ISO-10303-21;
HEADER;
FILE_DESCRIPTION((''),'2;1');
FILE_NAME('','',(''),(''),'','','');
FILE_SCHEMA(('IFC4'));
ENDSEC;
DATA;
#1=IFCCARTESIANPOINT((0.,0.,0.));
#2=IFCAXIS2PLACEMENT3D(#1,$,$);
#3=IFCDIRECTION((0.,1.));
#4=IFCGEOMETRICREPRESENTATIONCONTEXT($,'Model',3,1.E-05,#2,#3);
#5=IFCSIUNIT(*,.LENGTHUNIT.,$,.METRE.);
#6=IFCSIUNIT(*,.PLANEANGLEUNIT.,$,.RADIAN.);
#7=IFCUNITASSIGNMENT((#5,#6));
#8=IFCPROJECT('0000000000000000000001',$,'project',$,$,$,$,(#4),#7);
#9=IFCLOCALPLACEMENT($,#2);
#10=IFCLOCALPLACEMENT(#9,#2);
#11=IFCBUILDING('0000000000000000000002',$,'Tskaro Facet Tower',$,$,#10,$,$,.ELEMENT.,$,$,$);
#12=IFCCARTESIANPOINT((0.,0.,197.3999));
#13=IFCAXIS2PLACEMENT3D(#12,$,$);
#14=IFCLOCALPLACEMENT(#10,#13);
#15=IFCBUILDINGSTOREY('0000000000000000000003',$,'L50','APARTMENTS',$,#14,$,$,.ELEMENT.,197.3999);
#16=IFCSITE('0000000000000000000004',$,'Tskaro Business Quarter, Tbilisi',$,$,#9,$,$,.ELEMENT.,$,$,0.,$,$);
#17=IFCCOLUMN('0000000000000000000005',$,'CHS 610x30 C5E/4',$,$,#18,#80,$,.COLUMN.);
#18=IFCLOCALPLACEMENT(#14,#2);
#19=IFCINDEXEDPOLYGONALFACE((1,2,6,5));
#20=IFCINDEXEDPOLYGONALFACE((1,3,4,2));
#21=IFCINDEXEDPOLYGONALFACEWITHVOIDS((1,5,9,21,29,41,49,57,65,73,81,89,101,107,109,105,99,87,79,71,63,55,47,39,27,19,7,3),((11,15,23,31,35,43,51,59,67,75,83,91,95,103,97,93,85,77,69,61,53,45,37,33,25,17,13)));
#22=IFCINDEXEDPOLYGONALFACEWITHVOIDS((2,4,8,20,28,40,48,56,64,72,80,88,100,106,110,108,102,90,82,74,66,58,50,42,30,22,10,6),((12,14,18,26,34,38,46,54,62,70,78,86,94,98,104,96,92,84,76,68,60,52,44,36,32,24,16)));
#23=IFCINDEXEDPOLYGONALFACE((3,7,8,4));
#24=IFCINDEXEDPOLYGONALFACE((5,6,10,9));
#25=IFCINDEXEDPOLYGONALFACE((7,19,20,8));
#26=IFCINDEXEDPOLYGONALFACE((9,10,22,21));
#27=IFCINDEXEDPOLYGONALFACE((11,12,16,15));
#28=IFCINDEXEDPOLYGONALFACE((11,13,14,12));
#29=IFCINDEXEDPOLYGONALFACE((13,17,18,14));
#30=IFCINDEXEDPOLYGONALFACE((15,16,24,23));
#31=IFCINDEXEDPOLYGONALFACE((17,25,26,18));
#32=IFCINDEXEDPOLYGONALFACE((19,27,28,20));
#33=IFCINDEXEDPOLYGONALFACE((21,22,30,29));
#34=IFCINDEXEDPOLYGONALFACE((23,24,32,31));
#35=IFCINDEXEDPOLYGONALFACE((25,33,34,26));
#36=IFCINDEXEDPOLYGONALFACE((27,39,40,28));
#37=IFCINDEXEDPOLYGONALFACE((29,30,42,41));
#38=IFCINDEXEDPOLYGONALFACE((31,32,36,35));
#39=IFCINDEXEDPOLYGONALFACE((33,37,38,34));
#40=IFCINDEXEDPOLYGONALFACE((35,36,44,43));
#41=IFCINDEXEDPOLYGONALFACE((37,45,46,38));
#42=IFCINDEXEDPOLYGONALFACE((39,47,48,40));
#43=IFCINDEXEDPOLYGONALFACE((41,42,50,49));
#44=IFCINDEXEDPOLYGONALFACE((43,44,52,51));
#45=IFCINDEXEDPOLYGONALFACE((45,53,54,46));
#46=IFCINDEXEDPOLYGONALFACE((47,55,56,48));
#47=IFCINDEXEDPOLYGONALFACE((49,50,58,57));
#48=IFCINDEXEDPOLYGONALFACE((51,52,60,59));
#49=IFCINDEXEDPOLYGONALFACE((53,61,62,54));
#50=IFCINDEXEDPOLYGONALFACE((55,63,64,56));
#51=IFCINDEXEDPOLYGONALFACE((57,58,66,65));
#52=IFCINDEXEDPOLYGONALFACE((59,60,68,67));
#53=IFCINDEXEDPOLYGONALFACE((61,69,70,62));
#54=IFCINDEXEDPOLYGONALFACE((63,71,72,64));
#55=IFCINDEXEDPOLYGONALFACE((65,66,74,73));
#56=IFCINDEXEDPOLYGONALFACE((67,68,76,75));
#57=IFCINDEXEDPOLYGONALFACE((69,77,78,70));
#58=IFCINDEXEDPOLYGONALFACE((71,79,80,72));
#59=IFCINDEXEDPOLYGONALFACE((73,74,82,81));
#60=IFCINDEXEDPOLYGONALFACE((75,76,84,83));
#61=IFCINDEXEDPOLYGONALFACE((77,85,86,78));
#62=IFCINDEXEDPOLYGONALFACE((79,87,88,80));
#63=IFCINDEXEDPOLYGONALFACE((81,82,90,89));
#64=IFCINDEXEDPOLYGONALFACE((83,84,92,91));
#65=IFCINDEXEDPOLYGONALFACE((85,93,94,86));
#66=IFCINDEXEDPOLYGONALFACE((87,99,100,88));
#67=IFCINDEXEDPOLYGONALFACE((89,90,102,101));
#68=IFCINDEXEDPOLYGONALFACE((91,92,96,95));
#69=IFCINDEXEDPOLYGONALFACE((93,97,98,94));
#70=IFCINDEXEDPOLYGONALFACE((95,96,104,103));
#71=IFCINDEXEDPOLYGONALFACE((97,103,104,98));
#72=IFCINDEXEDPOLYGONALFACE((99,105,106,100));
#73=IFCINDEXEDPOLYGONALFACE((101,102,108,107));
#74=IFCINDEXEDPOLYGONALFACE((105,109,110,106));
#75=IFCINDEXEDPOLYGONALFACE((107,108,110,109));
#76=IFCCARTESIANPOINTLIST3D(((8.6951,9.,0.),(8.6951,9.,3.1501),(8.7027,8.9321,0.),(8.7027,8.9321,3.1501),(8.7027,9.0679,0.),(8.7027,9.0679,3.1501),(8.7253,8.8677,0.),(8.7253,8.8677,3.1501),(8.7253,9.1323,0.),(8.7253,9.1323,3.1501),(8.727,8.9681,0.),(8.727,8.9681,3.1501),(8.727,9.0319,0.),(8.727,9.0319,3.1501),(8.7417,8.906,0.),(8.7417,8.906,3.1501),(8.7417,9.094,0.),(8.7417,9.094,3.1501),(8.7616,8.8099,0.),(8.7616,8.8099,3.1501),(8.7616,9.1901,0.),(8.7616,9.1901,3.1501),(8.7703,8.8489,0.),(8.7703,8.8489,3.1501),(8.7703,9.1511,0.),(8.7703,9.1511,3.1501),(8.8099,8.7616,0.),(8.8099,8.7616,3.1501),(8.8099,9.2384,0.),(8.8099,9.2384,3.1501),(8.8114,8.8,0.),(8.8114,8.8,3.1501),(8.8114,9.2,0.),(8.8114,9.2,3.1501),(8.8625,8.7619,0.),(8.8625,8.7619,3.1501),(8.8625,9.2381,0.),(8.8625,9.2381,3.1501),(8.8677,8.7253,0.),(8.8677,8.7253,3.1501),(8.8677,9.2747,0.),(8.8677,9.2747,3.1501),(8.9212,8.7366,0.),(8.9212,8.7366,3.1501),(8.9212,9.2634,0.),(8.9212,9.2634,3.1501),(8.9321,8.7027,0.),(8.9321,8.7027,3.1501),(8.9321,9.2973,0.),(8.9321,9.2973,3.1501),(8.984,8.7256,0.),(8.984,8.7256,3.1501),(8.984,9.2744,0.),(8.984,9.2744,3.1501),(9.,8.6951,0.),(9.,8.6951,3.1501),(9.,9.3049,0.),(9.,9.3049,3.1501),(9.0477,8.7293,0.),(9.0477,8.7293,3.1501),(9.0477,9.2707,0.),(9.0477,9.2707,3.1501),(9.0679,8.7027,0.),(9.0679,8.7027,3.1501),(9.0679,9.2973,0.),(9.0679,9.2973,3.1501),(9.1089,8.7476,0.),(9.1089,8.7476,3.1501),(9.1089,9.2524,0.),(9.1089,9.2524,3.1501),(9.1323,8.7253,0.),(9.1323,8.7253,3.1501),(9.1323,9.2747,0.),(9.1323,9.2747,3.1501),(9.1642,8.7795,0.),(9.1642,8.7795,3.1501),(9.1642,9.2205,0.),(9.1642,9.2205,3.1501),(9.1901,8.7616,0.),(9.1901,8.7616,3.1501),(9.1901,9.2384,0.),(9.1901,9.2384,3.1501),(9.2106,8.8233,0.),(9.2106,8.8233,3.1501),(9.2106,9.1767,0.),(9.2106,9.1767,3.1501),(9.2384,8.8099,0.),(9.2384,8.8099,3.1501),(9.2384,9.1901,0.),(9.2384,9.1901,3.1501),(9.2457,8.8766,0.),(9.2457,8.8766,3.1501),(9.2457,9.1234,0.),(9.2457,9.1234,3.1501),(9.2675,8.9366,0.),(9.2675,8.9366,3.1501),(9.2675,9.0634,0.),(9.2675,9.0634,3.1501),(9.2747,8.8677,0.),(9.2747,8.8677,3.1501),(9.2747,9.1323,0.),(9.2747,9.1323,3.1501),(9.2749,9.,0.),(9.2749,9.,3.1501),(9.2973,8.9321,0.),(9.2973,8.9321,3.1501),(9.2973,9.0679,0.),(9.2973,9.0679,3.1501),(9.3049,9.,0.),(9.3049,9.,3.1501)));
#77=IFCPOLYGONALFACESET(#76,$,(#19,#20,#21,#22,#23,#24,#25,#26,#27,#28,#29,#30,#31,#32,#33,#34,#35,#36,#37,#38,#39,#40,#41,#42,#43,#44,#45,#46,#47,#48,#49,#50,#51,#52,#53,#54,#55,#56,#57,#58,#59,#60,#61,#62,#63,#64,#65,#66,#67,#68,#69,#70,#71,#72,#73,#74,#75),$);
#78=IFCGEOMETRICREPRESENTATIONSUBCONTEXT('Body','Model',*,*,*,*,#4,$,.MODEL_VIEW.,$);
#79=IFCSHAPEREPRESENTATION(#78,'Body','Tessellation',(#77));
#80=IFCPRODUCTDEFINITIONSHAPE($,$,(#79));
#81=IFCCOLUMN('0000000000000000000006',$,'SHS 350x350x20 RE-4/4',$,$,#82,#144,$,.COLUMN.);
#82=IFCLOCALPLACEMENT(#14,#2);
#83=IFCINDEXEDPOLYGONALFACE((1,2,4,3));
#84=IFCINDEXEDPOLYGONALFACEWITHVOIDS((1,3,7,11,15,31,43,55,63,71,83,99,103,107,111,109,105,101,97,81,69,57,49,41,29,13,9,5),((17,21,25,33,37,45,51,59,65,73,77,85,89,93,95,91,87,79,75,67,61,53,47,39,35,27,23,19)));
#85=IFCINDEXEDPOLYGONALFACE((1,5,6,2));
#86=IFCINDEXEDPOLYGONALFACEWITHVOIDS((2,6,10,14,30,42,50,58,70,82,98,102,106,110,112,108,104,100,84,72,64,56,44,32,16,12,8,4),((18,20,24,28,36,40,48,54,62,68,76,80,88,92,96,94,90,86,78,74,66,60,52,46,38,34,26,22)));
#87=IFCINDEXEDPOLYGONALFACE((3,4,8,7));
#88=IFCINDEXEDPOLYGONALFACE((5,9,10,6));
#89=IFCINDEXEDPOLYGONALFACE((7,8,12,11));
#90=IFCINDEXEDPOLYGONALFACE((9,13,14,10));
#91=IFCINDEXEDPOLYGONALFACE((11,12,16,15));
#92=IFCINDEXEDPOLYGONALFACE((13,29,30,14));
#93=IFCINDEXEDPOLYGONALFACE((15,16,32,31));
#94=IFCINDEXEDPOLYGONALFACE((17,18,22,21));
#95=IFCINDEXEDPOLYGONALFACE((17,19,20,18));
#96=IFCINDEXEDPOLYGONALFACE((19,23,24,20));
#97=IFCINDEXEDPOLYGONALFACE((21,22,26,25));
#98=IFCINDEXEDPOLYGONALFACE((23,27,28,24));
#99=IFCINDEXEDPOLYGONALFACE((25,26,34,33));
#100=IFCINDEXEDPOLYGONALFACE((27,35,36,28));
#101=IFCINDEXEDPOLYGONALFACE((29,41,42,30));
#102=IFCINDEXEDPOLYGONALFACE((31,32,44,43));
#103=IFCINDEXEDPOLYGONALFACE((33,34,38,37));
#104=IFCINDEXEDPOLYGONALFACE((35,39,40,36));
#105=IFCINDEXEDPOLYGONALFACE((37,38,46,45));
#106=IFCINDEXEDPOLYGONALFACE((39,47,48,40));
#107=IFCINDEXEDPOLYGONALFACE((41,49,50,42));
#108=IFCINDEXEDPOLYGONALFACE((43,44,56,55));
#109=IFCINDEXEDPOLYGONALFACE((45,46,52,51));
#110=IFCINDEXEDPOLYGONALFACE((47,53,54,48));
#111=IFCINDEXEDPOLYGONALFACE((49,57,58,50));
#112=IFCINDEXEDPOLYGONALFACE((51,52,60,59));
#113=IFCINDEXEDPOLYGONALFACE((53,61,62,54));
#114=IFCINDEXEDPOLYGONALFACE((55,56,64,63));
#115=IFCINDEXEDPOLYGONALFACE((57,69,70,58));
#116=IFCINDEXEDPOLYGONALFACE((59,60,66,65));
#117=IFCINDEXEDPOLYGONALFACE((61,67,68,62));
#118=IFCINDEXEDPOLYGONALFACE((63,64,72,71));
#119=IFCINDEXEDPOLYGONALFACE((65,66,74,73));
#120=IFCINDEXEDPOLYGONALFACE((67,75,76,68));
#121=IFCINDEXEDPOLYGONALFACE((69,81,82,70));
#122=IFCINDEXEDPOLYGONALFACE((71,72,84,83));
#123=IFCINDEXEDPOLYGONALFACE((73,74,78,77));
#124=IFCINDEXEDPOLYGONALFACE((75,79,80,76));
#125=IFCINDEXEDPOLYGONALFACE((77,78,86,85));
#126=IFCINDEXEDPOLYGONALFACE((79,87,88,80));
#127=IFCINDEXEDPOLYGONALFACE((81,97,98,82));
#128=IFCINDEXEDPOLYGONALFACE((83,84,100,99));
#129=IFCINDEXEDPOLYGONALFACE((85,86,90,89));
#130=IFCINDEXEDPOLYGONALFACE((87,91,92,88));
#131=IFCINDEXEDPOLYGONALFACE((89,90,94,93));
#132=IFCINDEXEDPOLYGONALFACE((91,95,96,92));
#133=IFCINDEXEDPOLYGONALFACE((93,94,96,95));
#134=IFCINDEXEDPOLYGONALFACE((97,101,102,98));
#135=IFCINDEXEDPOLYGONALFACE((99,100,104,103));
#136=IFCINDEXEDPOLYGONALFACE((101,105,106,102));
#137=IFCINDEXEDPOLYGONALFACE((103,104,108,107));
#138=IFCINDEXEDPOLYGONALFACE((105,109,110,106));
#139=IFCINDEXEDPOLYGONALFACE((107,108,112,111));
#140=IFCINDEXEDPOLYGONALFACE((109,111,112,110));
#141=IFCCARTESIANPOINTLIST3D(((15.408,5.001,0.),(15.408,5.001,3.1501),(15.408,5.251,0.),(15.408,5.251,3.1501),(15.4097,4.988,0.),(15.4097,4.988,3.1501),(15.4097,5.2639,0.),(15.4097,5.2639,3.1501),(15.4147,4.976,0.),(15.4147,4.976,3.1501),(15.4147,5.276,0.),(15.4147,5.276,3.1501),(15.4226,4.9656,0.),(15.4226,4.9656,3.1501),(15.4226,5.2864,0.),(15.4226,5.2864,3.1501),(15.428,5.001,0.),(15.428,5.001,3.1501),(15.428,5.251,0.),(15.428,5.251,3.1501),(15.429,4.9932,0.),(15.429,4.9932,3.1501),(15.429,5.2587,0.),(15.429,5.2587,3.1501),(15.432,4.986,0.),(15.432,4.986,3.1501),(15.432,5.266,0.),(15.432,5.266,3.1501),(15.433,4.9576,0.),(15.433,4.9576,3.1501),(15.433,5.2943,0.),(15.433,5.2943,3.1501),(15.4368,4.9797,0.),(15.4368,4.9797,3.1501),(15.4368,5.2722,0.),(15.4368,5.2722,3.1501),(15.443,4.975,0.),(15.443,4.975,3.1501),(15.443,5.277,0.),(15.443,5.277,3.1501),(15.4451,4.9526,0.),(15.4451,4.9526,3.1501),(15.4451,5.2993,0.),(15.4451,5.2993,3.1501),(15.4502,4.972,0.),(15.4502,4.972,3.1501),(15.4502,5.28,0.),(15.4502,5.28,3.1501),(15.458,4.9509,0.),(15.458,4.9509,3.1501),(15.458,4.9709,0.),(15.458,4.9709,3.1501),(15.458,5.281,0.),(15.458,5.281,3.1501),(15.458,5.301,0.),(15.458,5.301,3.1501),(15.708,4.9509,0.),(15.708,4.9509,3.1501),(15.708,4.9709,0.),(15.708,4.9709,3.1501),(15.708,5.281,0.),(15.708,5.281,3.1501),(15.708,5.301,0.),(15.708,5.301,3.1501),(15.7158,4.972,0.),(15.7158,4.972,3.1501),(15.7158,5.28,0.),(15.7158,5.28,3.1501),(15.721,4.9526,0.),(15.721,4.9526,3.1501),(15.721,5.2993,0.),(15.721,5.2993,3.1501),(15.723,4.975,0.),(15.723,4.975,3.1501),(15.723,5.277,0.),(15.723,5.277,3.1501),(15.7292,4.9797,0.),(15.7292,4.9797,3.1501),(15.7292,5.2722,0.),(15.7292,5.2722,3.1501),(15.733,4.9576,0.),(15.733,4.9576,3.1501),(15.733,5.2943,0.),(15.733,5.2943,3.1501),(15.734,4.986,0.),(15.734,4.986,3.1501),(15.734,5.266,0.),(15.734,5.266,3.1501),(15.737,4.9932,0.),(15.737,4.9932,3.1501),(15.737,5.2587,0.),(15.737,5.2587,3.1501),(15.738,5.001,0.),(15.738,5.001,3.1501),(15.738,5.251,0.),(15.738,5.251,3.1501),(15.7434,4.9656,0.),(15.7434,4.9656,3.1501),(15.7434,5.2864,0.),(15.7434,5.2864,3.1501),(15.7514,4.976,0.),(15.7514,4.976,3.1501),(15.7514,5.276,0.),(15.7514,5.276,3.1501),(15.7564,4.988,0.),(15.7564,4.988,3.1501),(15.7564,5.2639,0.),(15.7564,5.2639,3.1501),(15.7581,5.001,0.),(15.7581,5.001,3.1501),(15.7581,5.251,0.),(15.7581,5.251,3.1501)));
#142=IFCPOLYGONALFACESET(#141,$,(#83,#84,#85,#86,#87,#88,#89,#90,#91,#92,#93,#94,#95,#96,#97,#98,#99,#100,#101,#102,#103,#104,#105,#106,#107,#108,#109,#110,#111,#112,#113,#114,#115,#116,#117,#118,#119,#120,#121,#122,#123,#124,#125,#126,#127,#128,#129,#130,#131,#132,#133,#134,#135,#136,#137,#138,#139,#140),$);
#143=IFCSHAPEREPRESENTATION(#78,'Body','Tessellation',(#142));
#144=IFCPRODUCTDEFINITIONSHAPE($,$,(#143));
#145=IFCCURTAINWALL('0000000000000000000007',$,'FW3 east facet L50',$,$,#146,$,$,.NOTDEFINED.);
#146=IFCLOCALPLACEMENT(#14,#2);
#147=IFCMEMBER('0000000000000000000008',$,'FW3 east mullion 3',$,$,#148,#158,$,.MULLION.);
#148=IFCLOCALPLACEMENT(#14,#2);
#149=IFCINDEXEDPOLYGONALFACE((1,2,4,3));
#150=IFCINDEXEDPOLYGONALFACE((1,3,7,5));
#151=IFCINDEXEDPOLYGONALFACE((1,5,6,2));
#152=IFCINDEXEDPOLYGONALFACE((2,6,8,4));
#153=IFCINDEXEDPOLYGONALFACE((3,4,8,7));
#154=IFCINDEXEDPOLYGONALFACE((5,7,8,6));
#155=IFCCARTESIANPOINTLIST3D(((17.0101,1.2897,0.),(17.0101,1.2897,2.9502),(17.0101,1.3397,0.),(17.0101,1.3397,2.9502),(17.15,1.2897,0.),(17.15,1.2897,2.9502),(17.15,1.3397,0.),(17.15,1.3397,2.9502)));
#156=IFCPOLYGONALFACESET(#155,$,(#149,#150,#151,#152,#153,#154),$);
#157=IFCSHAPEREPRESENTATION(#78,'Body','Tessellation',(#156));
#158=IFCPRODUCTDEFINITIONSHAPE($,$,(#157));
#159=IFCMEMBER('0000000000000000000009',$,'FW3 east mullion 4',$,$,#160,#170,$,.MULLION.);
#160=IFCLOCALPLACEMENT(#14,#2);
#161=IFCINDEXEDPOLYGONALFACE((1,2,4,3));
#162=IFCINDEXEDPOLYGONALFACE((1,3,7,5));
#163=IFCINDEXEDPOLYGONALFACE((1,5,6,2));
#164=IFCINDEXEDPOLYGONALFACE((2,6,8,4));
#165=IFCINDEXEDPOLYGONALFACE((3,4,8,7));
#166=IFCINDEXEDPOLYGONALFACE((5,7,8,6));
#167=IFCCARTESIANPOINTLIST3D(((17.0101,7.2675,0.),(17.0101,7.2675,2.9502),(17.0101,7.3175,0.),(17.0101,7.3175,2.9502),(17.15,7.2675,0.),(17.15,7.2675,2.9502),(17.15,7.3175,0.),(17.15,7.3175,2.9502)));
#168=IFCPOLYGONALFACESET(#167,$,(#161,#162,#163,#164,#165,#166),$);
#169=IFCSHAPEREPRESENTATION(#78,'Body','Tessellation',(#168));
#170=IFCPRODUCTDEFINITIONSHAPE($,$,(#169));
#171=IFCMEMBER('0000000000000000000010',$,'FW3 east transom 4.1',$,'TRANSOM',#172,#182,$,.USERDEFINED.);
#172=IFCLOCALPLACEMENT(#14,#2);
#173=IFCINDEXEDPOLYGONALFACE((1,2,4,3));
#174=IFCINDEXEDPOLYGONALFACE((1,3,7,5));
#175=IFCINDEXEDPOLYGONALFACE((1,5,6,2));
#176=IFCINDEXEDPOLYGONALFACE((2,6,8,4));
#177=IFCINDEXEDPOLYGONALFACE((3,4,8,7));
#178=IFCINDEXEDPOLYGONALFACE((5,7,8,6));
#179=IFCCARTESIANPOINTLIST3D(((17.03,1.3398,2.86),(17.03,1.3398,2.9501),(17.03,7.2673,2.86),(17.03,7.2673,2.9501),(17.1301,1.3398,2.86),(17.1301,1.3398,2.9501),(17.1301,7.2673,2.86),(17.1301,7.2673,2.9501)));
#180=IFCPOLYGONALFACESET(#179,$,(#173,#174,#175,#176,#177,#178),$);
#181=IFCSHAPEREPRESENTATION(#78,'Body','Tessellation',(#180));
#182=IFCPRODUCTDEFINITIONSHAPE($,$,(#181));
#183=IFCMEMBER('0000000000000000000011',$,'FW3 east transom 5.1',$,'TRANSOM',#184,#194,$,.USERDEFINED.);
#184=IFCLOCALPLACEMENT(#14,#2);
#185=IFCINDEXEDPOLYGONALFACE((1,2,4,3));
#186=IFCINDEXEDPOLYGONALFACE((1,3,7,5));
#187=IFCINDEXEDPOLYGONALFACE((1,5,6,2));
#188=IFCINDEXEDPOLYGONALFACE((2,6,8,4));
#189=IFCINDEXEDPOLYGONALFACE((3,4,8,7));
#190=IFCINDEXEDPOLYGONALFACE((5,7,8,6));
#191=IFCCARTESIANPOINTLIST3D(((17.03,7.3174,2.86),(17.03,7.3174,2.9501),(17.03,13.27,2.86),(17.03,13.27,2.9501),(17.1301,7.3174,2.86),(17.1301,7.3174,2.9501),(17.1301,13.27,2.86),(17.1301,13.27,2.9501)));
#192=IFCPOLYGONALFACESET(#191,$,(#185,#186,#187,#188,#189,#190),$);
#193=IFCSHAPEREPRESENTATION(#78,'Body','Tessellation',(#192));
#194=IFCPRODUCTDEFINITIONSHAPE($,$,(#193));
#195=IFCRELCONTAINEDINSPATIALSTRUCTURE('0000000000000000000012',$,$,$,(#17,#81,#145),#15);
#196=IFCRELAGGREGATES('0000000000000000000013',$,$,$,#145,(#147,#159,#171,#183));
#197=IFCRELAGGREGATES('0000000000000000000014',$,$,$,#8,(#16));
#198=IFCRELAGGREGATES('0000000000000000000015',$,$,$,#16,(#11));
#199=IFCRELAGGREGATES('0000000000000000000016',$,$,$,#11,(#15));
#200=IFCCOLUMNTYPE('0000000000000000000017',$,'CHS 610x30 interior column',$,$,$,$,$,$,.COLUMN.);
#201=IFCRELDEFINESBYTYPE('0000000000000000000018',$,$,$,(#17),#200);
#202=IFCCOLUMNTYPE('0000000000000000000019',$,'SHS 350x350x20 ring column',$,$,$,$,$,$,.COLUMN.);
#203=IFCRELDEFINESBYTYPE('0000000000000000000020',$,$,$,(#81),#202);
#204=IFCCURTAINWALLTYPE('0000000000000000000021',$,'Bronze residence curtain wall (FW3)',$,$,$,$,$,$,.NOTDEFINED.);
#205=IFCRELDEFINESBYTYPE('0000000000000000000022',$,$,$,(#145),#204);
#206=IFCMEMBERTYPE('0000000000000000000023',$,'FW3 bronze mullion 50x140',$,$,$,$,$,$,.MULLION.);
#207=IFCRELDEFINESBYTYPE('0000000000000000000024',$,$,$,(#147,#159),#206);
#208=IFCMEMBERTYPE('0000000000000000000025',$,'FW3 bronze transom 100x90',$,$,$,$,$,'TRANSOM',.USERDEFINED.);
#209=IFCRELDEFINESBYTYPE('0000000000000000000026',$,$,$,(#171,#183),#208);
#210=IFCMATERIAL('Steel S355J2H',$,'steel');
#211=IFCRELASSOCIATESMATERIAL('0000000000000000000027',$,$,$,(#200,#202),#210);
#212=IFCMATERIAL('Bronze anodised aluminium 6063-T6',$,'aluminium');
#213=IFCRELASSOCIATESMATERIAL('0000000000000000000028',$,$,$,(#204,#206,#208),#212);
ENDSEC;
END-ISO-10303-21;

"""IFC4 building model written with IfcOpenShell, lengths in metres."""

from ifc_helpers import new_model, si_unit, direction, frame, origin, origin_2d, place, context, subcontext, project, spatial, rectangle, hollow_rectangle, hollow_circle, extrude, material, material_profile, profile_set, type_object, element, aggregate, save


model = new_model("IFC4")

# Units and contexts
model_context = context("Model", 3, precision=1e-05, world=origin(), true_north=direction((0.0, 1.0)))
body_context = subcontext(model_context, "Body", "Model", "MODEL_VIEW")
ifc_project = project(units=[si_unit("LENGTHUNIT", "METRE"), si_unit("PLANEANGLEUNIT", "RADIAN")], contexts=[model_context])

# Site, building, storey
site_placement = place(None, origin())
site = spatial("IfcSite", under=ifc_project, at=site_placement, Name="Tskaro Business Quarter, Tbilisi", CompositionType="ELEMENT", RefElevation=0.0)
building_placement = place(site_placement, origin())
building = spatial("IfcBuilding", under=site, at=building_placement, Name="Tskaro Facet Tower", CompositionType="ELEMENT")
storey_placement = place(building_placement, frame((0.0, 0.0, 197.3999)))
storey = spatial("IfcBuildingStorey", under=building, at=storey_placement, Name="L50", Description="APARTMENTS", CompositionType="ELEMENT", Elevation=197.3999)

# Columns
ifc_material_1 = material(Name="Steel S355J2H", Category="steel")
ifc_material_profile_1 = material_profile(ifc_material_1, hollow_circle(Radius=0.3049, WallThickness=0.03, at=origin_2d()), Name="CHS 610x30")
ifc_profile_set_1 = profile_set([ifc_material_profile_1], Name="Steel S355J2H")
column_type_1 = type_object("IfcColumnType", Name="CHS 610x30 interior column", PredefinedType="COLUMN", material=ifc_profile_set_1)
column_1_placement = place(storey_placement, frame((9.0, 9.0, 0.0), z_axis=(0.0, 0.0, 1.0), x_axis=(1.0, 0.0, 0.0)))
element("IfcColumn", 1, at=column_1_placement, inside=storey, type_object=column_type_1, Name="CHS 610x30 C5E/4", PredefinedType="COLUMN", context=body_context, shape_type="SweptSolid", body=[
    extrude(hollow_circle(Radius=0.3049, WallThickness=0.03, at=origin_2d()), origin(), (0.0, 0.0, 1.0), 3.1501),
])
ifc_material_profile_2 = material_profile(ifc_material_1, hollow_rectangle(XDim=0.3501, YDim=0.3501, WallThickness=0.02, InnerFilletRadius=0.03, OuterFilletRadius=0.05, at=origin_2d()), Name="SHS 350x350x20")
ifc_profile_set_2 = profile_set([ifc_material_profile_2], Name="Steel S355J2H")
column_type_2 = type_object("IfcColumnType", Name="SHS 350x350x20 ring column", PredefinedType="COLUMN", material=ifc_profile_set_2)
column_2_placement = place(storey_placement, frame((15.583, 5.126, 0.0), z_axis=(0.0, 0.0, 1.0), x_axis=(1.0, 0.0, 0.0)))
element("IfcColumn", 2, at=column_2_placement, inside=storey, type_object=column_type_2, Name="SHS 350x350x20 RE-4/4", PredefinedType="COLUMN", context=body_context, shape_type="SweptSolid", body=[
    extrude(hollow_rectangle(XDim=0.3501, YDim=0.3501, WallThickness=0.02, InnerFilletRadius=0.03, OuterFilletRadius=0.05, at=origin_2d()), origin(), (0.0, 0.0, 1.0), 3.1501),
])

# Curtain wall, members
ifc_material_2 = material(Name="Bronze anodised aluminium 6063-T6", Category="aluminium")
curtain_wall_type = type_object("IfcCurtainWallType", Name="Bronze residence curtain wall (FW3)", PredefinedType="NOTDEFINED", material=ifc_material_2)
curtain_wall_placement = place(storey_placement, origin())
curtain_wall = element("IfcCurtainWall", 3, at=curtain_wall_placement, inside=storey, type_object=curtain_wall_type, Name="FW3 east facet L50", PredefinedType="NOTDEFINED")
ifc_material_profile_3 = material_profile(ifc_material_2, rectangle(XDim=0.05, YDim=0.1399, at=origin_2d()), Name="Mullion 50x140")
ifc_profile_set_3 = profile_set([ifc_material_profile_3], Name="Bronze anodised aluminium 6063-T6")
member_type_1 = type_object("IfcMemberType", Name="FW3 bronze mullion 50x140", PredefinedType="MULLION", material=ifc_profile_set_3)
member_1_placement = place(storey_placement, frame((17.0801, 1.3147, 0.0), z_axis=(0.0, 0.0, 1.0), x_axis=(0.0, 1.0, 0.0)))
member_1 = element("IfcMember", 4, at=member_1_placement, type_object=member_type_1, Name="FW3 east mullion 3", PredefinedType="MULLION", context=body_context, shape_type="SweptSolid", body=[
    extrude(rectangle(XDim=0.05, YDim=0.1399, at=origin_2d()), origin(), (0.0, 0.0, 1.0), 2.9502),
])
member_2_placement = place(storey_placement, frame((17.0801, 7.2925, 0.0), z_axis=(0.0, 0.0, 1.0), x_axis=(0.0, 1.0, 0.0)))
member_2 = element("IfcMember", 5, at=member_2_placement, type_object=member_type_1, Name="FW3 east mullion 4", PredefinedType="MULLION", context=body_context, shape_type="SweptSolid", body=[
    extrude(rectangle(XDim=0.05, YDim=0.1399, at=origin_2d()), origin(), (0.0, 0.0, 1.0), 2.9502),
])
ifc_material_profile_4 = material_profile(ifc_material_2, rectangle(XDim=0.1001, YDim=0.0901, at=origin_2d()), Name="Transom 100x90")
ifc_profile_set_4 = profile_set([ifc_material_profile_4], Name="Bronze anodised aluminium 6063-T6")
member_type_2 = type_object("IfcMemberType", Name="FW3 bronze transom 100x90", ElementType="TRANSOM", PredefinedType="USERDEFINED", material=ifc_profile_set_4)
member_3_placement = place(storey_placement, frame((17.0801, 1.3398, 2.905), z_axis=(0.0, 1.0, 0.0), x_axis=(-1.0, 0.0, 0.0)))
member_3 = element("IfcMember", 6, at=member_3_placement, type_object=member_type_2, Name="FW3 east transom 4.1", ObjectType="TRANSOM", PredefinedType="USERDEFINED", context=body_context, shape_type="SweptSolid", body=[
    extrude(rectangle(XDim=0.1001, YDim=0.0901, at=origin_2d()), origin(), (0.0, 0.0, 1.0), 5.9275),
])
member_4_placement = place(storey_placement, frame((17.0801, 7.3174, 2.905), z_axis=(0.0, 1.0, 0.0), x_axis=(-1.0, 0.0, 0.0)))
member_4 = element("IfcMember", 7, at=member_4_placement, type_object=member_type_2, Name="FW3 east transom 5.1", ObjectType="TRANSOM", PredefinedType="USERDEFINED", context=body_context, shape_type="SweptSolid", body=[
    extrude(rectangle(XDim=0.1001, YDim=0.0901, at=origin_2d()), origin(), (0.0, 0.0, 1.0), 5.9526),
])

aggregate(curtain_wall, [member_1, member_2, member_3, member_4])

save(model, "model.ifc")
